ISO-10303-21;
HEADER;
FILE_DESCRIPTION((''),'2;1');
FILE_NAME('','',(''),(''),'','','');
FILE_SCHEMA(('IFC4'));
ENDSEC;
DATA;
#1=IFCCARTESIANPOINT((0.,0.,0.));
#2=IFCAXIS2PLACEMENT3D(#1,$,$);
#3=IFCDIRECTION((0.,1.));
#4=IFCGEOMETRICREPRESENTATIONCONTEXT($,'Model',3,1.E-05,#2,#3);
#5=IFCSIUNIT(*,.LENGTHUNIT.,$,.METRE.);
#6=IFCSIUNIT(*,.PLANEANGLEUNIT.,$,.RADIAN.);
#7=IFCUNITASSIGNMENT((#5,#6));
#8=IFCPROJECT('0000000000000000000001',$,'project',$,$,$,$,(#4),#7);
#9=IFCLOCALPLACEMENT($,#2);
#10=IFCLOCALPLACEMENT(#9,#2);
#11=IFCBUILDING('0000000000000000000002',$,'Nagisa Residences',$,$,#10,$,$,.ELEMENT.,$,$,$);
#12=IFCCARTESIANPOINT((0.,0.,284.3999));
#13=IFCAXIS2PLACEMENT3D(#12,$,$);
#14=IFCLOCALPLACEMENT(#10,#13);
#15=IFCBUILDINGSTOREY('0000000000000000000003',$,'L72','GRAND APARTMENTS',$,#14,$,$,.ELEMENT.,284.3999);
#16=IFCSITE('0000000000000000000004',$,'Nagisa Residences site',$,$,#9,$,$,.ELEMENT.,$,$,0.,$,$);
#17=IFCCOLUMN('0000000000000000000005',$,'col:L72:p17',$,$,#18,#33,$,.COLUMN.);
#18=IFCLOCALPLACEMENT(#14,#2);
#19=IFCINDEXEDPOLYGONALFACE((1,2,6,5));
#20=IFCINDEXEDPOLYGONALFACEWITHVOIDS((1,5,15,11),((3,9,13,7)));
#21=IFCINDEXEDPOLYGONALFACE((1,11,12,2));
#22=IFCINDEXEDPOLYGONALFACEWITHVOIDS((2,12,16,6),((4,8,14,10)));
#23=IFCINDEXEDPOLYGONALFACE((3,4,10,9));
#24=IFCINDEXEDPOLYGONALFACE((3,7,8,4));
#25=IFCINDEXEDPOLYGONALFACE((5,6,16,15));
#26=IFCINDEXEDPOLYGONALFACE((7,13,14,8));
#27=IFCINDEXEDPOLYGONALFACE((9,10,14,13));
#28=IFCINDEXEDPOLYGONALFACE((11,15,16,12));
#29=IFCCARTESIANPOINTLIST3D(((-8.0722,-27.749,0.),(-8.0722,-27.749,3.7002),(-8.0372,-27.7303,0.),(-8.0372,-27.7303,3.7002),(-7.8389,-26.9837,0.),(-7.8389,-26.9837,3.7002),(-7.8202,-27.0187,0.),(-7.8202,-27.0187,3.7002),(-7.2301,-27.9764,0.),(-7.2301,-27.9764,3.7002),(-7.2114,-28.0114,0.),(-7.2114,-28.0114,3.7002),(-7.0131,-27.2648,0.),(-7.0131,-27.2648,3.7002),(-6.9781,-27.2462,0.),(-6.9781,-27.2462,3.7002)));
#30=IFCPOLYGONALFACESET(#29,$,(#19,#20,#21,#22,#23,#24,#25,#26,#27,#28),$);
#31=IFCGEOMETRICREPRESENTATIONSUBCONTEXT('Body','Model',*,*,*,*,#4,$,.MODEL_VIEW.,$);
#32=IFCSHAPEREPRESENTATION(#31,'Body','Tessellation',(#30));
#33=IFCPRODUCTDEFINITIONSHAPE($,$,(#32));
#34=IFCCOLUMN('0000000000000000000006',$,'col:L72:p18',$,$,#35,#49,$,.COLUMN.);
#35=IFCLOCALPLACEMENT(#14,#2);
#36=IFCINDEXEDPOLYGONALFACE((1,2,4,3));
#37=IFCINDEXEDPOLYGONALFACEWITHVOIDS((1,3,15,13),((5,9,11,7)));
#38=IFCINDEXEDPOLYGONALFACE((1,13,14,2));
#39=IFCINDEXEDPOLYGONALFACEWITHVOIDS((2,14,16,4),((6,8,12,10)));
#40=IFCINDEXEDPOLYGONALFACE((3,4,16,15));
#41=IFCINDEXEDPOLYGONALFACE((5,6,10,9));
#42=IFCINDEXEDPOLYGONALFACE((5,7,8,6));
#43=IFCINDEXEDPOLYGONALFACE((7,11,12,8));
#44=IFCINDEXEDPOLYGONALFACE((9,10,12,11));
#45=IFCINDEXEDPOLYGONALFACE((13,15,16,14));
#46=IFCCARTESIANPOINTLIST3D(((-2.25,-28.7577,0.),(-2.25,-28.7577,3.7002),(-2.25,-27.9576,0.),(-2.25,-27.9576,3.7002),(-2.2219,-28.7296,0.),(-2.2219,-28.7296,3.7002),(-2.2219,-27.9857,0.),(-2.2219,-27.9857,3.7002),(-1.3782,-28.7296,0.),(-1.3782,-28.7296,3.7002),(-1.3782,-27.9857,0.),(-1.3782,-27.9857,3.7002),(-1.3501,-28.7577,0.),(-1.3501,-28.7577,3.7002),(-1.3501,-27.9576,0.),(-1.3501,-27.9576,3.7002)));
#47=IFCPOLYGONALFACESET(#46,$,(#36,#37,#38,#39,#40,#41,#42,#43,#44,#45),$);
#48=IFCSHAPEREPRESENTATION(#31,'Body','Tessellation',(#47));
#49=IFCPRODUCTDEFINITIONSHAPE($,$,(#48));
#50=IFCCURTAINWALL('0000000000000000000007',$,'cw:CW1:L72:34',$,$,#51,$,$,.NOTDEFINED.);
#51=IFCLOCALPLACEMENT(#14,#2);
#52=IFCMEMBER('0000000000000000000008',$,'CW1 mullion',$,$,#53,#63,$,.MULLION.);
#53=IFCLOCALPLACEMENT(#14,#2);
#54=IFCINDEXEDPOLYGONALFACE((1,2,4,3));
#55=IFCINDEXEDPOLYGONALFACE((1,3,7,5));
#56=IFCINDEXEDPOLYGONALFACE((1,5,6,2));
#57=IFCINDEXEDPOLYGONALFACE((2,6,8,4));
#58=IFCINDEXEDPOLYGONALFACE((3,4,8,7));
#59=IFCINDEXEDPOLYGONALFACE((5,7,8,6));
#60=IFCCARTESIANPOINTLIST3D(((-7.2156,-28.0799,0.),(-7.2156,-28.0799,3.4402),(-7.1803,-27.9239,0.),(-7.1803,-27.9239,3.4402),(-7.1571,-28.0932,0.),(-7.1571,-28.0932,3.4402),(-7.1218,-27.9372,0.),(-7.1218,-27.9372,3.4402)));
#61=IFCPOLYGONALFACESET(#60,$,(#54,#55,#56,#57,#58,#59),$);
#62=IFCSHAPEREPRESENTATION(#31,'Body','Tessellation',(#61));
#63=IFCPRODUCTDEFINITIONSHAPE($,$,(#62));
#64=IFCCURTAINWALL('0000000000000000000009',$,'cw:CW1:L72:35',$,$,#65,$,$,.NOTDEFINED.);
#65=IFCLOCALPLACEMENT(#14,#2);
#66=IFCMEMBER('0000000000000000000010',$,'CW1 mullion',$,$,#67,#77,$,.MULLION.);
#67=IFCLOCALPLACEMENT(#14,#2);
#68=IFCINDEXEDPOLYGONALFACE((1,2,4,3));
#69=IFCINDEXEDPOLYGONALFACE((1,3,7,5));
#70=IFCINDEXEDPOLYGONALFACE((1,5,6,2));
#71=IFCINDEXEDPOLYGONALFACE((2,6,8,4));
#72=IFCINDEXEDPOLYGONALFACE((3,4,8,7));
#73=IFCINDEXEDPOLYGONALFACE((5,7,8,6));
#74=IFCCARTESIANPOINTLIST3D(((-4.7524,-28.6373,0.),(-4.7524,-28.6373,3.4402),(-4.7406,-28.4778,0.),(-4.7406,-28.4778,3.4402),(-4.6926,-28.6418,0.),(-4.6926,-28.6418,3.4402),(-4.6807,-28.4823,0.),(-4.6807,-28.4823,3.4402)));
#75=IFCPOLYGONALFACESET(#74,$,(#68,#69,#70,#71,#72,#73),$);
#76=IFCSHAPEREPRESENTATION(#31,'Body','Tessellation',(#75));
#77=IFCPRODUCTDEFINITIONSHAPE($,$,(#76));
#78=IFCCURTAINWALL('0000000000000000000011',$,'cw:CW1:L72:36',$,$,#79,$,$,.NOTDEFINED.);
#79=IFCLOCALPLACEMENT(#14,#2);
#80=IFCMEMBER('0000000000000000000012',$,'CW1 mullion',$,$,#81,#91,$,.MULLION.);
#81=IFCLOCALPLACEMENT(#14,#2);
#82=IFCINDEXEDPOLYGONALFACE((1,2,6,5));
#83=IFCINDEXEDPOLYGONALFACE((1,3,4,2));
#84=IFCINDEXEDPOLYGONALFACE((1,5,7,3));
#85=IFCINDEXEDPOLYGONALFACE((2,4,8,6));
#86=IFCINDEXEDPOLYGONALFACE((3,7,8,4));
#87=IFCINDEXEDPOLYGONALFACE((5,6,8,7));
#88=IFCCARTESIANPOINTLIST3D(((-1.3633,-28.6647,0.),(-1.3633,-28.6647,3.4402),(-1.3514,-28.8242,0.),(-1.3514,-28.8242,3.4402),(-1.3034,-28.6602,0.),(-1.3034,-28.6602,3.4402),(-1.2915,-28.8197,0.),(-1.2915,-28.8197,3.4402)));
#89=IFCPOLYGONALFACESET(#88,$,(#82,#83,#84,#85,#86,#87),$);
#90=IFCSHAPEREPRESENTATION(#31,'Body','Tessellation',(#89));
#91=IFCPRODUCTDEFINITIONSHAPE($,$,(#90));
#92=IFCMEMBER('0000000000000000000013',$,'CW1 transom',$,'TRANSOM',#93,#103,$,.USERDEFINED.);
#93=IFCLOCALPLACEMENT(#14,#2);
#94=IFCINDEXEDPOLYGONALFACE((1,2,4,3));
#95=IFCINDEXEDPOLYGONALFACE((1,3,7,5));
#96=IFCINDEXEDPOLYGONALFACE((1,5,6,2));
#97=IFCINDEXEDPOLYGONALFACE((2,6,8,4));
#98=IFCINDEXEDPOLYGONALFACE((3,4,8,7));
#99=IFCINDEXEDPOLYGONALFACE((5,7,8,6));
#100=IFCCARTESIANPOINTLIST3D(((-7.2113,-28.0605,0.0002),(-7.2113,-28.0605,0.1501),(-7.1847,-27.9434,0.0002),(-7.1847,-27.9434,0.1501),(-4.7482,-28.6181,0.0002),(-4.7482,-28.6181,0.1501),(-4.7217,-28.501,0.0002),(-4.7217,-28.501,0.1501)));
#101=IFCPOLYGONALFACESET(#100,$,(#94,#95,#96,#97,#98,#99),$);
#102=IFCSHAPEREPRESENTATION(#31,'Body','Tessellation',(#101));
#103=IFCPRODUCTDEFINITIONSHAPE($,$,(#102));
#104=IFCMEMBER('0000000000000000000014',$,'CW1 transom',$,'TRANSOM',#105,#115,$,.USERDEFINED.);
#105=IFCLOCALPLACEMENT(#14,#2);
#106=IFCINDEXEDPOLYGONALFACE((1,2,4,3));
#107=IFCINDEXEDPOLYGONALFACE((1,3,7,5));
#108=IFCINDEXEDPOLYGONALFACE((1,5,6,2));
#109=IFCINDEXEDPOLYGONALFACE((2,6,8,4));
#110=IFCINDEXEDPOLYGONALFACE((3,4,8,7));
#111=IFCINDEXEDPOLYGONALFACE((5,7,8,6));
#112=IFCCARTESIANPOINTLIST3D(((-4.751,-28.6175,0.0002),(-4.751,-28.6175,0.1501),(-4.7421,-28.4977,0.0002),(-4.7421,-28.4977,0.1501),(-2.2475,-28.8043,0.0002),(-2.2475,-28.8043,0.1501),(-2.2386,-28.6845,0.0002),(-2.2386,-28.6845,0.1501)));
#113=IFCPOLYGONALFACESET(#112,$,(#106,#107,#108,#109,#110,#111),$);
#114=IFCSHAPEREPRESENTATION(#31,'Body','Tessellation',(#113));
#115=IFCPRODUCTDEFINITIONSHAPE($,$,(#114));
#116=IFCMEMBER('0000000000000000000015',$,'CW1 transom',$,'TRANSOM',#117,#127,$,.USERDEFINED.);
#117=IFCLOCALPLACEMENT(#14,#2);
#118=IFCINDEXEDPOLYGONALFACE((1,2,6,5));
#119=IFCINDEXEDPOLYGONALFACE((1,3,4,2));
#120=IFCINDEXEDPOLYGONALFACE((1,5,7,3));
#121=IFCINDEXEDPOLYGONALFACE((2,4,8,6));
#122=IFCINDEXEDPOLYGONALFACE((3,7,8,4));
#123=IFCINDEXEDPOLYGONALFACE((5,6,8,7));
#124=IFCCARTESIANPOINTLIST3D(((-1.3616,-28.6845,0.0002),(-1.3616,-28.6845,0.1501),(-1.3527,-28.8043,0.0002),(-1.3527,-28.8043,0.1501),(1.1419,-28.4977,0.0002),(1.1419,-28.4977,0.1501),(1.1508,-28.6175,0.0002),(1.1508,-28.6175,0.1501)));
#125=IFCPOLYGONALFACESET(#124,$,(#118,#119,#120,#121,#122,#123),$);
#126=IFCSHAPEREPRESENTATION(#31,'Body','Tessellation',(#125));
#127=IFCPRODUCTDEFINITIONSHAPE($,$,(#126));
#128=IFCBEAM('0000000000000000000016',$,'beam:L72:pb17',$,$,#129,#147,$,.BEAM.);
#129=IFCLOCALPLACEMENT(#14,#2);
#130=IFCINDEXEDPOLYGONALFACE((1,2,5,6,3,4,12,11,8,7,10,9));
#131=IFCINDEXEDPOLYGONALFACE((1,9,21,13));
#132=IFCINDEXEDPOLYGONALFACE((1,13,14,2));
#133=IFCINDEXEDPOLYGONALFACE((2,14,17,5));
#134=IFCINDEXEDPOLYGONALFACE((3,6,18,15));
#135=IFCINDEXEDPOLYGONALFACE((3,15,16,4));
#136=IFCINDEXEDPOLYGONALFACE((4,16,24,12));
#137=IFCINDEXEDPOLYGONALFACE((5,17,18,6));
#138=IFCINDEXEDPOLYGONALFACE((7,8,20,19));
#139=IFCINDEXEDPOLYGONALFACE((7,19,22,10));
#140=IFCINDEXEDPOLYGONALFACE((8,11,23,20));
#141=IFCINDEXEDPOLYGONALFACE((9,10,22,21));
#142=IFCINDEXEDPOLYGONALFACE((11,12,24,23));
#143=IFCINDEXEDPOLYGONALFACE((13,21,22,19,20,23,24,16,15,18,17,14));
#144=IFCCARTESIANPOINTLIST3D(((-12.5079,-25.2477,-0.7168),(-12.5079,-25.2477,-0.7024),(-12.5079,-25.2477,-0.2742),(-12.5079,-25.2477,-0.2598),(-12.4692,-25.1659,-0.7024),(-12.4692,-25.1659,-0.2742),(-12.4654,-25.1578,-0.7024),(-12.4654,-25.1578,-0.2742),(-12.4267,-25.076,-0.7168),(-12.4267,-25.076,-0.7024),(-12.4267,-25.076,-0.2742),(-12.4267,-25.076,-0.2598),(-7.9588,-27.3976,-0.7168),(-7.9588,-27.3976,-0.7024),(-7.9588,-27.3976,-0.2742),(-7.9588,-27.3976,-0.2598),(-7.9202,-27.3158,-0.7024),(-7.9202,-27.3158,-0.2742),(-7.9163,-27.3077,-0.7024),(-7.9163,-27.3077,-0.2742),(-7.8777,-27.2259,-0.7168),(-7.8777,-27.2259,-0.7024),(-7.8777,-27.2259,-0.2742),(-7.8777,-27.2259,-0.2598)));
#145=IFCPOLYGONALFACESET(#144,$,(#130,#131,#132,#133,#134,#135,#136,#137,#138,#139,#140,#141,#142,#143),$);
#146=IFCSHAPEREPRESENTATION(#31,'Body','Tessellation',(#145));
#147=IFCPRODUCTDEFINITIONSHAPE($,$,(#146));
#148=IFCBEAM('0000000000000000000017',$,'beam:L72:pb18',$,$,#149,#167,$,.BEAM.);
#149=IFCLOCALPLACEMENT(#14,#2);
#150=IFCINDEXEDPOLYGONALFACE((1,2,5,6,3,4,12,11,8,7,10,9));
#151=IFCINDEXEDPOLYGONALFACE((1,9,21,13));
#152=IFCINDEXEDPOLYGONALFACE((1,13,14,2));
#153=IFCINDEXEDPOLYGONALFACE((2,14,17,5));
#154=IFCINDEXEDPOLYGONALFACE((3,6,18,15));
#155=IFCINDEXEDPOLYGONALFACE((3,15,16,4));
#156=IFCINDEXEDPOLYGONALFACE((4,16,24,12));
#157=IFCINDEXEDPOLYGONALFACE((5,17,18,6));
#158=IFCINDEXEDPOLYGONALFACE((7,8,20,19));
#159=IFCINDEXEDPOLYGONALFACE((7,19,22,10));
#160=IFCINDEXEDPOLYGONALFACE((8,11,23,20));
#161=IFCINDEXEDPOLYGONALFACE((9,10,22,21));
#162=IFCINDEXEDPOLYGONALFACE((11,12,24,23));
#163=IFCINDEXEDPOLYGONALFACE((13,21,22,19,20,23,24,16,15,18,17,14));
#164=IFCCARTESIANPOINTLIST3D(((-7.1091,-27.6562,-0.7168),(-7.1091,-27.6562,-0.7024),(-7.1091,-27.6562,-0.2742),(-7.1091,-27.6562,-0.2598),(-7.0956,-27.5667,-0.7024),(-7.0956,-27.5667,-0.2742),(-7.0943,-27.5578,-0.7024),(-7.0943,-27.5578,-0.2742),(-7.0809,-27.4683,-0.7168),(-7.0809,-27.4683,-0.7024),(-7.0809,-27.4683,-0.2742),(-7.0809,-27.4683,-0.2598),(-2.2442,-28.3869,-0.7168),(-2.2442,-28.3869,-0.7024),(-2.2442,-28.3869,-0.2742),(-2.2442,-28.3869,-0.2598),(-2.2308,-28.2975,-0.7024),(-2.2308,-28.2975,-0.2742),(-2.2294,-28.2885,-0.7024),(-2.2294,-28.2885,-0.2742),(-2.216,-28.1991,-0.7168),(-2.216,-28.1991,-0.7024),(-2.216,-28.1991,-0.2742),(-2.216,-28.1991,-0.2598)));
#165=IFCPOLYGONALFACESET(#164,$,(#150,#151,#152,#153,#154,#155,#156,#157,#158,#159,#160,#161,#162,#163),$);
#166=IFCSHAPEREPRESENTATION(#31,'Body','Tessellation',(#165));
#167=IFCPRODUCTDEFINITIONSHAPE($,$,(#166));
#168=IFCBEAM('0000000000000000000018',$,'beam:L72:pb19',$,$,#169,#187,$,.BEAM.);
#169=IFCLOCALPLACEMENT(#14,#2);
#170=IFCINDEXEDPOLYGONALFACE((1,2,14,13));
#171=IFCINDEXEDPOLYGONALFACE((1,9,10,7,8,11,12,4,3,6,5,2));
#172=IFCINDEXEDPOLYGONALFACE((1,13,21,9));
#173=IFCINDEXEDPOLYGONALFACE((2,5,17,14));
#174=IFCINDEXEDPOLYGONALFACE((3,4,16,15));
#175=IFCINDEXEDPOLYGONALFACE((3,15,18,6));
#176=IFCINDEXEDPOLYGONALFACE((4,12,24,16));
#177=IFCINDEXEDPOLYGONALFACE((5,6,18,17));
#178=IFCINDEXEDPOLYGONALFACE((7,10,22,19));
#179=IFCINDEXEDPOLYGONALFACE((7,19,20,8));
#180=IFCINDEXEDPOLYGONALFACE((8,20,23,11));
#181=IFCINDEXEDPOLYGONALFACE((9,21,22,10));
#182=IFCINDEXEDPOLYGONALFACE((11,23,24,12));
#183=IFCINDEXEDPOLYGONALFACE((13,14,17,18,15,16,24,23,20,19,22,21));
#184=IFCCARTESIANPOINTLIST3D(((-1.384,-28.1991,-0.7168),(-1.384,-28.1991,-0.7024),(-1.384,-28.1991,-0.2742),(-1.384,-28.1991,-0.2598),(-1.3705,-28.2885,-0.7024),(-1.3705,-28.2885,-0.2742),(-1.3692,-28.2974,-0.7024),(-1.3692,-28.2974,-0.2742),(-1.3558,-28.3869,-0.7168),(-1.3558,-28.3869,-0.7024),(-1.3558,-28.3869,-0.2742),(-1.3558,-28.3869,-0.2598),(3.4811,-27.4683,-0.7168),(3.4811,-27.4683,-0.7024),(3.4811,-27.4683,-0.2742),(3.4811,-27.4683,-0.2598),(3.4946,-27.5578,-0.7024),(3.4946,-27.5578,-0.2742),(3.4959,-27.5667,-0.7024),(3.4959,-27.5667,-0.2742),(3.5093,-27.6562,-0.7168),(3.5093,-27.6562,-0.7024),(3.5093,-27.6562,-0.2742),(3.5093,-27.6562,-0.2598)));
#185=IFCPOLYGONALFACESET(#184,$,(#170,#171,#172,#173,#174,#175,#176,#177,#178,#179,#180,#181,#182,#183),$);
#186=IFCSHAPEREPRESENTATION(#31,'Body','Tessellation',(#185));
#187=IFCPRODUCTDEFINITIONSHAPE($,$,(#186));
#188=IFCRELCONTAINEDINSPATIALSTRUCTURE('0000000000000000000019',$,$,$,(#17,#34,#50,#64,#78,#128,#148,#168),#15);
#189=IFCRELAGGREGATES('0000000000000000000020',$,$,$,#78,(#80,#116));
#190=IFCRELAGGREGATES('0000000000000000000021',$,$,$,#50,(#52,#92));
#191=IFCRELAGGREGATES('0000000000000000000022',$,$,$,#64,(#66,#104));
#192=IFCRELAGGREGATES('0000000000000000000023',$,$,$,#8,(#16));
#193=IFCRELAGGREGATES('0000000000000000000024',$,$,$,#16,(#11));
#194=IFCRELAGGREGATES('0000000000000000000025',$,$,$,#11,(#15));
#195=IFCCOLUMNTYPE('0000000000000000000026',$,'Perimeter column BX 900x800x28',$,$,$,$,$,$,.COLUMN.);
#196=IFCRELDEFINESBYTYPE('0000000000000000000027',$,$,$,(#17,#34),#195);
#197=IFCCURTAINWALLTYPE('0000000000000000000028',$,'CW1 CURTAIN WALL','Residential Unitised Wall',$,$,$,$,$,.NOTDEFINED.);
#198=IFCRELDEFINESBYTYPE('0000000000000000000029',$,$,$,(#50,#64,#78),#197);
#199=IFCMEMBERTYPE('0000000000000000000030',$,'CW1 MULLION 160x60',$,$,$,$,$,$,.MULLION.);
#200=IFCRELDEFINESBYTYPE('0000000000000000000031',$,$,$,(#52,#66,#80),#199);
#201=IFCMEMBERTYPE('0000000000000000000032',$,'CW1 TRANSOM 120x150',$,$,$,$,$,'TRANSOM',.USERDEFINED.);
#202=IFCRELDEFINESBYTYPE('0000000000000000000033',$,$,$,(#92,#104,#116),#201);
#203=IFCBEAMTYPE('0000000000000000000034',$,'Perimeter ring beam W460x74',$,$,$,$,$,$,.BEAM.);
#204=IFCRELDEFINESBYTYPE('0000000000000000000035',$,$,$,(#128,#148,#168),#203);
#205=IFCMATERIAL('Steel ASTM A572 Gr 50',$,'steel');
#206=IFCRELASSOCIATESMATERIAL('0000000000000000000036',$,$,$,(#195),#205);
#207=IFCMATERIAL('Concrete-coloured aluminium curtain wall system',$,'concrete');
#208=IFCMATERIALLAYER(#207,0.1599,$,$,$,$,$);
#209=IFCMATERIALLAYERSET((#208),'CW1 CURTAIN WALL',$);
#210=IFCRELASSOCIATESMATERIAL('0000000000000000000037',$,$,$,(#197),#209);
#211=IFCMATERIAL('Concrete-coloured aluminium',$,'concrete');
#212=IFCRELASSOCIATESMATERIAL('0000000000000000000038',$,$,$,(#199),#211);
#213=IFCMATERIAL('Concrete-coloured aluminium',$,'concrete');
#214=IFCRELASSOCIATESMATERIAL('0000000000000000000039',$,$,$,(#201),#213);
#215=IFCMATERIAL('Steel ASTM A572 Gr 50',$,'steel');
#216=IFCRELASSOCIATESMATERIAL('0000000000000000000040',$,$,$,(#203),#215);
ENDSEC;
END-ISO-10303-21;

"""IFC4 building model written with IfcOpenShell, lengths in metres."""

from ifc_helpers import new_model, si_unit, direction, frame, origin, origin_2d, place, context, subcontext, project, spatial, rectangle, hollow_rectangle, i_section, extrude, material, layer, layer_set, material_profile, profile_set, type_object, element, aggregate, save


model = new_model("IFC4")

# Units and contexts
model_context = context("Model", 3, precision=1e-05, world=origin(), true_north=direction((0.0, 1.0)))
body_context = subcontext(model_context, "Body", "Model", "MODEL_VIEW")
ifc_project = project(units=[si_unit("LENGTHUNIT", "METRE"), si_unit("PLANEANGLEUNIT", "RADIAN")], contexts=[model_context])

# Site, building, storey
site_placement = place(None, origin())
site = spatial("IfcSite", under=ifc_project, at=site_placement, Name="Nagisa Residences site", CompositionType="ELEMENT", RefElevation=0.0)
building_placement = place(site_placement, origin())
building = spatial("IfcBuilding", under=site, at=building_placement, Name="Nagisa Residences", CompositionType="ELEMENT")
storey_placement = place(building_placement, frame((0.0, 0.0, 284.3999)))
storey = spatial("IfcBuildingStorey", under=building, at=storey_placement, Name="L72", Description="GRAND APARTMENTS", CompositionType="ELEMENT", Elevation=284.3999)

# Columns
ifc_material_1 = material(Name="Steel ASTM A572 Gr 50", Category="steel")
ifc_material_profile_1 = material_profile(ifc_material_1, hollow_rectangle(XDim=0.8999, YDim=0.8, WallThickness=0.0281, at=origin_2d()), Name="BX 900x800x28")
ifc_profile_set_1 = profile_set([ifc_material_profile_1], Name="Steel ASTM A572 Gr 50")
column_type = type_object("IfcColumnType", Name="Perimeter column BX 900x800x28", PredefinedType="COLUMN", material=ifc_profile_set_1)
for number, where, z_axis, x_axis, name in (
    (1, (-7.5251, -27.4976, 0.0), (0.0, 0.0, 1.0), (0.956525, -0.291652, 0.0), "col:L72:p17"),
    (2, (-1.8, -28.3577, 0.0), (0.0, 0.0, 1.0), (1.0, 0.0, 0.0), "col:L72:p18"),
):
    element("IfcColumn", number, at=place(storey_placement, frame(where, z_axis=z_axis, x_axis=x_axis)), inside=storey, type_object=column_type, Name=name, PredefinedType="COLUMN", context=body_context, shape_type="SweptSolid", body=[
        extrude(hollow_rectangle(XDim=0.8999, YDim=0.8, WallThickness=0.0281, at=origin_2d()), origin(), (0.0, 0.0, 1.0), 3.7002),
    ])

# Curtain walls, members
ifc_material_2 = material(Name="Concrete-coloured aluminium curtain wall system", Category="concrete")
ifc_layer_1 = layer(ifc_material_2, 0.1599)
ifc_layer_set_1 = layer_set([ifc_layer_1], Name="CW1 CURTAIN WALL")
curtain_wall_type = type_object("IfcCurtainWallType", Name="CW1 CURTAIN WALL", Description="Residential Unitised Wall", PredefinedType="NOTDEFINED", material=ifc_layer_set_1)
curtain_wall_1_placement = place(storey_placement, origin())
curtain_wall_1 = element("IfcCurtainWall", 3, at=curtain_wall_1_placement, inside=storey, type_object=curtain_wall_type, Name="cw:CW1:L72:34", PredefinedType="NOTDEFINED")
ifc_material_3 = material(Name="Concrete-coloured aluminium", Category="concrete")
ifc_material_profile_2 = material_profile(ifc_material_3, rectangle(XDim=0.1599, YDim=0.0601, at=origin_2d()), Name="CW1 MULLION 160x60")
ifc_profile_set_2 = profile_set([ifc_material_profile_2], Name="Concrete-coloured aluminium")
member_type_1 = type_object("IfcMemberType", Name="CW1 MULLION 160x60", PredefinedType="MULLION", material=ifc_profile_set_2)
member_1_placement = place(storey_placement, frame((-7.1687, -28.0085, 0.0), z_axis=(0.0, 0.0, 1.0), x_axis=(0.220764, 0.975327, 0.0)))
member_1 = element("IfcMember", 4, at=member_1_placement, type_object=member_type_1, Name="CW1 mullion", PredefinedType="MULLION", context=body_context, shape_type="SweptSolid", body=[
    extrude(rectangle(XDim=0.1599, YDim=0.0601, at=origin_2d()), origin(), (0.0, 0.0, 1.0), 3.4402),
])
curtain_wall_2_placement = place(storey_placement, origin())
curtain_wall_2 = element("IfcCurtainWall", 5, at=curtain_wall_2_placement, inside=storey, type_object=curtain_wall_type, Name="cw:CW1:L72:35", PredefinedType="NOTDEFINED")
member_2_placement = place(storey_placement, frame((-4.7166, -28.5598, 0.0), z_axis=(0.0, 0.0, 1.0), x_axis=(0.074377, 0.99723, 0.0)))
member_2 = element("IfcMember", 6, at=member_2_placement, type_object=member_type_1, Name="CW1 mullion", PredefinedType="MULLION", context=body_context, shape_type="SweptSolid", body=[
    extrude(rectangle(XDim=0.1599, YDim=0.0601, at=origin_2d()), origin(), (0.0, 0.0, 1.0), 3.4402),
])
curtain_wall_3_placement = place(storey_placement, origin())
curtain_wall_3 = element("IfcCurtainWall", 7, at=curtain_wall_3_placement, inside=storey, type_object=curtain_wall_type, Name="cw:CW1:L72:36", PredefinedType="NOTDEFINED")
member_3_placement = place(storey_placement, frame((-1.3274, -28.7422, 0.0), z_axis=(0.0, 0.0, 1.0), x_axis=(-0.074377, 0.99723, 0.0)))
member_3 = element("IfcMember", 8, at=member_3_placement, type_object=member_type_1, Name="CW1 mullion", PredefinedType="MULLION", context=body_context, shape_type="SweptSolid", body=[
    extrude(rectangle(XDim=0.1599, YDim=0.0601, at=origin_2d()), origin(), (0.0, 0.0, 1.0), 3.4402),
])

# Members
ifc_material_4 = material(Name="Concrete-coloured aluminium", Category="concrete")
ifc_material_profile_3 = material_profile(ifc_material_4, rectangle(XDim=0.1201, YDim=0.1499, at=origin_2d()), Name="CW1 TRANSOM 120x150")
ifc_profile_set_3 = profile_set([ifc_material_profile_3], Name="Concrete-coloured aluminium")
member_type_2 = type_object("IfcMemberType", Name="CW1 TRANSOM 120x150", ElementType="TRANSOM", PredefinedType="USERDEFINED", material=ifc_profile_set_3)
member_4_placement = place(storey_placement, frame((-7.198, -28.002, 0.0752), z_axis=(0.97532, -0.220798, 0.0), x_axis=(0.220798, 0.97532, 0.0)))
member_4 = element("IfcMember", 9, at=member_4_placement, type_object=member_type_2, Name="CW1 transom", ObjectType="TRANSOM", PredefinedType="USERDEFINED", context=body_context, shape_type="SweptSolid", body=[
    extrude(rectangle(XDim=0.1201, YDim=0.1499, at=origin_2d()), origin(), (0.0, 0.0, 1.0), 2.5254),
])
member_5_placement = place(storey_placement, frame((-4.7466, -28.5576, 0.0752), z_axis=(0.997229, -0.074391, 0.0), x_axis=(0.074391, 0.997229, 0.0)))
member_5 = element("IfcMember", 10, at=member_5_placement, type_object=member_type_2, Name="CW1 transom", ObjectType="TRANSOM", PredefinedType="USERDEFINED", context=body_context, shape_type="SweptSolid", body=[
    extrude(rectangle(XDim=0.1201, YDim=0.1499, at=origin_2d()), origin(), (0.0, 0.0, 1.0), 2.5105),
])
member_6_placement = place(storey_placement, frame((-1.3572, -28.7444, 0.0752), z_axis=(0.997229, 0.074391, 0.0), x_axis=(-0.074391, 0.997229, 0.0)))
member_6 = element("IfcMember", 11, at=member_6_placement, type_object=member_type_2, Name="CW1 transom", ObjectType="TRANSOM", PredefinedType="USERDEFINED", context=body_context, shape_type="SweptSolid", body=[
    extrude(rectangle(XDim=0.1201, YDim=0.1499, at=origin_2d()), origin(), (0.0, 0.0, 1.0), 2.5105),
])
aggregate(curtain_wall_3, [member_3, member_6])

# Beams
ifc_material_5 = material(Name="Steel ASTM A572 Gr 50", Category="steel")
ifc_material_profile_4 = material_profile(ifc_material_5, i_section(OverallWidth=0.1899, OverallDepth=0.457, WebThickness=0.009, FlangeThickness=0.0144, at=origin_2d()), Name="W460x74")
ifc_profile_set_4 = profile_set([ifc_material_profile_4], Name="Steel ASTM A572 Gr 50")
beam_type_1 = type_object("IfcBeamType", Name="Perimeter ring beam W460x74", PredefinedType="BEAM", material=ifc_profile_set_4)
beam_1_placement = place(storey_placement, frame((-12.4673, -25.1619, -0.4883), z_axis=(0.904116, -0.427287, 0.0), x_axis=(0.427287, 0.904116, 0.0)))
element("IfcBeam", 12, at=beam_1_placement, inside=storey, type_object=beam_type_1, Name="beam:L72:pb17", PredefinedType="BEAM", context=body_context, shape_type="SweptSolid", body=[
    extrude(i_section(OverallWidth=0.1899, OverallDepth=0.457, WebThickness=0.009, FlangeThickness=0.0144, at=origin_2d()), origin(), (0.0, 0.0, 1.0), 5.0315),
])
beam_2_placement = place(storey_placement, frame((-7.095, -27.5623, -0.4883), z_axis=(0.988906, -0.148539, 0.0), x_axis=(0.148539, 0.988906, 0.0)))
element("IfcBeam", 13, at=beam_2_placement, inside=storey, type_object=beam_type_1, Name="beam:L72:pb18", PredefinedType="BEAM", context=body_context, shape_type="SweptSolid", body=[
    extrude(i_section(OverallWidth=0.1899, OverallDepth=0.457, WebThickness=0.009, FlangeThickness=0.0144, at=origin_2d()), origin(), (0.0, 0.0, 1.0), 4.9194),
])
beam_3_placement = place(storey_placement, frame((-1.3699, -28.293, -0.4883), z_axis=(0.988908, 0.148532, 0.0), x_axis=(-0.148532, 0.988908, 0.0)))
element("IfcBeam", 14, at=beam_3_placement, inside=storey, type_object=beam_type_1, Name="beam:L72:pb19", PredefinedType="BEAM", context=body_context, shape_type="SweptSolid", body=[
    extrude(i_section(OverallWidth=0.1899, OverallDepth=0.457, WebThickness=0.009, FlangeThickness=0.0144, at=origin_2d()), origin(), (0.0, 0.0, 1.0), 4.9197),
])

aggregate(curtain_wall_1, [member_1, member_4])
aggregate(curtain_wall_2, [member_2, member_5])

save(model, "model.ifc")
